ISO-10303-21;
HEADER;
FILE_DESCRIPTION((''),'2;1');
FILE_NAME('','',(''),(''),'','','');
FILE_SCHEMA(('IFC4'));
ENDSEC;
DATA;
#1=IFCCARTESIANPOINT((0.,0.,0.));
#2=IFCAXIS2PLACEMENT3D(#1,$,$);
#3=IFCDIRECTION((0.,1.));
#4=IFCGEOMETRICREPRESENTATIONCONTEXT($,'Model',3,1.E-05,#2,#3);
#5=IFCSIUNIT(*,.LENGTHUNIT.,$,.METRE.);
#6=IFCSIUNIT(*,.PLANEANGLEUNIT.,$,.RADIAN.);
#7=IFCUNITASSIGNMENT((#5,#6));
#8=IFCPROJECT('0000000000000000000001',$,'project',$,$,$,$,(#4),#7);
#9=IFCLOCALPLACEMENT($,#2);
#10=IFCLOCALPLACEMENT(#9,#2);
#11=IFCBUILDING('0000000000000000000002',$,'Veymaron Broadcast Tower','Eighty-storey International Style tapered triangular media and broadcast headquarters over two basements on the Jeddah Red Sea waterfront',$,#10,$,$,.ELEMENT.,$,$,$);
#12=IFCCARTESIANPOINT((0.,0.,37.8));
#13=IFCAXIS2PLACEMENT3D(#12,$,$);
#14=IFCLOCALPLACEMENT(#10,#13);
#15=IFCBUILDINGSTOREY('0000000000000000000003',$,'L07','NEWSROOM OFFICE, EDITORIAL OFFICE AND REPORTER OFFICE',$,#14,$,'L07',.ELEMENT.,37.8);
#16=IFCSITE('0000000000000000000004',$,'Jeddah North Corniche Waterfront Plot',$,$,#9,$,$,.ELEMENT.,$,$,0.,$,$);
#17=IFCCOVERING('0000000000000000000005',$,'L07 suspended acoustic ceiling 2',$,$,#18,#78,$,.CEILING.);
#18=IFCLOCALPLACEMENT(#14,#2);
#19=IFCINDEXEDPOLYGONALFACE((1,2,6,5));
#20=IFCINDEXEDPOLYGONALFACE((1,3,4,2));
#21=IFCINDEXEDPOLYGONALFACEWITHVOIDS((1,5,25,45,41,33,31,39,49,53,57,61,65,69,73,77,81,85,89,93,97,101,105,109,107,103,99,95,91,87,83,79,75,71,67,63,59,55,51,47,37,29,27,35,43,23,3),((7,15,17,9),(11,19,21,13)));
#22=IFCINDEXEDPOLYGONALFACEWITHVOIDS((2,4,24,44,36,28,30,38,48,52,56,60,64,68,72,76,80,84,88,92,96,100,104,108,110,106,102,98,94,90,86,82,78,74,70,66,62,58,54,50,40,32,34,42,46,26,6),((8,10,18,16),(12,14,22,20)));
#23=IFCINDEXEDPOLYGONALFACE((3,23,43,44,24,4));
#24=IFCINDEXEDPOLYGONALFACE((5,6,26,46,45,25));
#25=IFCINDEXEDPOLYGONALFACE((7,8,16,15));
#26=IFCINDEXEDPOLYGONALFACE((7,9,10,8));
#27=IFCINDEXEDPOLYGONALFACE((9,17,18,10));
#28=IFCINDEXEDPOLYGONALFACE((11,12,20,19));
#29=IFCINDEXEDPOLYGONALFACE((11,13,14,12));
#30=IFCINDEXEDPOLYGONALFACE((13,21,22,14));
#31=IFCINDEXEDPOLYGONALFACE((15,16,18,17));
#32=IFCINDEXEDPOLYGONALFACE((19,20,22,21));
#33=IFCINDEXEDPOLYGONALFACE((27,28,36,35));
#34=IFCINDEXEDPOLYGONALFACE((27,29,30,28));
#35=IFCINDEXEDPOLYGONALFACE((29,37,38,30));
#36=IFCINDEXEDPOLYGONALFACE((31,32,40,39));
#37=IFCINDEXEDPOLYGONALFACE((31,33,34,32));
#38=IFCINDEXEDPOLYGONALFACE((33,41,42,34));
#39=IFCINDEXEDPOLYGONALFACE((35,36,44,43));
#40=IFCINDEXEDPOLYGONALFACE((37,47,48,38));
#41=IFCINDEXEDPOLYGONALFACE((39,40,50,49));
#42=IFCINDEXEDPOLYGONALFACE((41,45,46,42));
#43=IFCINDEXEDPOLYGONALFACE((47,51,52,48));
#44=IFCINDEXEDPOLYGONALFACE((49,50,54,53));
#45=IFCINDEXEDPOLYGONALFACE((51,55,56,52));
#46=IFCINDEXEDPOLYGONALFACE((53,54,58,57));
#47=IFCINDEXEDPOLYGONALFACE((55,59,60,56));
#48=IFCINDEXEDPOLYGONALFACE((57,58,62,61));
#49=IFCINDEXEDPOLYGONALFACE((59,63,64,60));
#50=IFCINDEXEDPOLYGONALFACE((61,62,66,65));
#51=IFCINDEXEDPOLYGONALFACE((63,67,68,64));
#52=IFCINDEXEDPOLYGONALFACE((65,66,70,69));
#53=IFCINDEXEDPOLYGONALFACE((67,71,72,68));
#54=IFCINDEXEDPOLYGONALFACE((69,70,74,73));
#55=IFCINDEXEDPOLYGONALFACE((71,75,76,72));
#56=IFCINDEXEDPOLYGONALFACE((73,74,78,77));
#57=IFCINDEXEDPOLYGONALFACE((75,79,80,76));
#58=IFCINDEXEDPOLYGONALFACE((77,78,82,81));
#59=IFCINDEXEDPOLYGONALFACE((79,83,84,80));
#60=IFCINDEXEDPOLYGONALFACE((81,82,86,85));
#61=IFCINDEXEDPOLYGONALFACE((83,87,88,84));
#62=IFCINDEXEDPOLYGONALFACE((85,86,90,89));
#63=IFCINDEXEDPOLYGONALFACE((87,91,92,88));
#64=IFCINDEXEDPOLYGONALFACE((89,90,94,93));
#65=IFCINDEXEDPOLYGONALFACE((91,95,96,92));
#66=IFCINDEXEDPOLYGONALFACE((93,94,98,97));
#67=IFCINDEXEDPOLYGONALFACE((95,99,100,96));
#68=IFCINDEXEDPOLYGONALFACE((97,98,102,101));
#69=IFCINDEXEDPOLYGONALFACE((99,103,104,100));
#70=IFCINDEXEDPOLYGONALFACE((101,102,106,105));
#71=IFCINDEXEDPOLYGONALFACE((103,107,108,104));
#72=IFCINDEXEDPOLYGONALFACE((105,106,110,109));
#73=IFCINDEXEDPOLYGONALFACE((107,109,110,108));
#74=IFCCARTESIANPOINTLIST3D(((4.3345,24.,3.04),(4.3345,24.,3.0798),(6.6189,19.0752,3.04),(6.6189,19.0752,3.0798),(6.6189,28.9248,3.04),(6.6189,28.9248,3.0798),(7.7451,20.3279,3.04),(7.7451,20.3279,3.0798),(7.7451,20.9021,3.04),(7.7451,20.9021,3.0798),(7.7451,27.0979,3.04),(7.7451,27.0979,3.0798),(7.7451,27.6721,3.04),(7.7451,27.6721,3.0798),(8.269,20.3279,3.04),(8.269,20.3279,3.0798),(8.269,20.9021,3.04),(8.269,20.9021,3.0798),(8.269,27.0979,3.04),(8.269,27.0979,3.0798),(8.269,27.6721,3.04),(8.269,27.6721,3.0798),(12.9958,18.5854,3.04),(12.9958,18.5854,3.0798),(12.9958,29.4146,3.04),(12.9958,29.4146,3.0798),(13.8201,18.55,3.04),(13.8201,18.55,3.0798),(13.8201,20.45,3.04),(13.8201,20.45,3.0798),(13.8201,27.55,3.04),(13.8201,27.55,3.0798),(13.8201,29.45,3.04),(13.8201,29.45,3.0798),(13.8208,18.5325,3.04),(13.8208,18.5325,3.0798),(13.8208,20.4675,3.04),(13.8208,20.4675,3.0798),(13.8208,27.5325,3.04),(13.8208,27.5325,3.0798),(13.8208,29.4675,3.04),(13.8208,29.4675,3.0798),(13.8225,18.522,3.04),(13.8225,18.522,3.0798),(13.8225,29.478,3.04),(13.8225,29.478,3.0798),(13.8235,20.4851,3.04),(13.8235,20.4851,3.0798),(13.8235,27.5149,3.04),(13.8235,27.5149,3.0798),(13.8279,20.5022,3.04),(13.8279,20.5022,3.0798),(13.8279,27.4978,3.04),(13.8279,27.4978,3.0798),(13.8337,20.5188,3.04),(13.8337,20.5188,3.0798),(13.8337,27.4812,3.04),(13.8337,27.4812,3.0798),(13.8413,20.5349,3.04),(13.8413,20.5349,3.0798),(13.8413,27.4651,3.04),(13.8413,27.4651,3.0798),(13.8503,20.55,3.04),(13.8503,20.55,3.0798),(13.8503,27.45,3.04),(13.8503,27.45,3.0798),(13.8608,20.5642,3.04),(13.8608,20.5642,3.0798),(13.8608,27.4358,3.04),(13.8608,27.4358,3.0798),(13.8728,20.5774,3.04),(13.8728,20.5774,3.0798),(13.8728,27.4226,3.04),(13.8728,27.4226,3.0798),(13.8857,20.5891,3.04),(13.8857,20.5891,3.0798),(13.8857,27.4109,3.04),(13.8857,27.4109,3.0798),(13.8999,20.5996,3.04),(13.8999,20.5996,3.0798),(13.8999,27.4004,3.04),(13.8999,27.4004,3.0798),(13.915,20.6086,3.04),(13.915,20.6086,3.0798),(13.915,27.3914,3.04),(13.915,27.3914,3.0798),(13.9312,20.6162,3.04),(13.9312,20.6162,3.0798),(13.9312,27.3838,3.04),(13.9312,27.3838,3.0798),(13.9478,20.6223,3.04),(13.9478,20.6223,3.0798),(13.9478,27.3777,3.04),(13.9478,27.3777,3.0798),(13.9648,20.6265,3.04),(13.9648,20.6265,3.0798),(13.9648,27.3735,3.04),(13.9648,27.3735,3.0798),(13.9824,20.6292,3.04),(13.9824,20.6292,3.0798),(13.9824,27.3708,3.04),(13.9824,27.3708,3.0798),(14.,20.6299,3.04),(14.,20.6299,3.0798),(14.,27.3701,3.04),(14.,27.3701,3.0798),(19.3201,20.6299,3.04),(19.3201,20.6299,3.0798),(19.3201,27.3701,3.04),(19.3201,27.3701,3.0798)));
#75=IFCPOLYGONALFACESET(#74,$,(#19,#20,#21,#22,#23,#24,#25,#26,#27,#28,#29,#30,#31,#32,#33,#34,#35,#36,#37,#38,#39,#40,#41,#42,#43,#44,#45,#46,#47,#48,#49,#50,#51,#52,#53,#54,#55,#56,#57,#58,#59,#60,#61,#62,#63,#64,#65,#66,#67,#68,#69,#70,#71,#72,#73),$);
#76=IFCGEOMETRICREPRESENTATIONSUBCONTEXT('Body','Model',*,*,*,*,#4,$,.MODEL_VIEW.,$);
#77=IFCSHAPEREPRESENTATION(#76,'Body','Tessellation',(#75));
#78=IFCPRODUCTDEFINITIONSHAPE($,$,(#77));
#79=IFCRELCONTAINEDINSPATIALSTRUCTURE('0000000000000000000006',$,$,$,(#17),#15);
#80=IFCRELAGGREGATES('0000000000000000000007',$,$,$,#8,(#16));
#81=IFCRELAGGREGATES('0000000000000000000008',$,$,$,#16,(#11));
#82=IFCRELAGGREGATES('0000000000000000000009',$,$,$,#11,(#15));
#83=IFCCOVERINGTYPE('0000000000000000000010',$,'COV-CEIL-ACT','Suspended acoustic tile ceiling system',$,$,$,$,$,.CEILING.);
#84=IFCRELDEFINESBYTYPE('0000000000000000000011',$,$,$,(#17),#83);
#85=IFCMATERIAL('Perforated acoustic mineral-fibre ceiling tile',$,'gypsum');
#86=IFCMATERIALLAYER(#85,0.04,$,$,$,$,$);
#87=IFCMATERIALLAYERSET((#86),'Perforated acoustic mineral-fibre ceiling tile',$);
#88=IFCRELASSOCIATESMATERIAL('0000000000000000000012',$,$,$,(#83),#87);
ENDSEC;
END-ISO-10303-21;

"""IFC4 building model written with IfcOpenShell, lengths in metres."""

from ifc_helpers import new_model, si_unit, direction, frame, origin, place, context, subcontext, project, spatial, polyline, outline, extrude, material, layer, layer_set, type_object, element, save


model = new_model("IFC4")

# Units and contexts
model_context = context("Model", 3, precision=1e-05, world=origin(), true_north=direction((0.0, 1.0)))
body_context = subcontext(model_context, "Body", "Model", "MODEL_VIEW")
ifc_project = project(units=[si_unit("LENGTHUNIT", "METRE"), si_unit("PLANEANGLEUNIT", "RADIAN")], contexts=[model_context])

# Site, building, storey
site_placement = place(None, origin())
site = spatial("IfcSite", under=ifc_project, at=site_placement, Name="Jeddah North Corniche Waterfront Plot", CompositionType="ELEMENT", RefElevation=0.0)
building_placement = place(site_placement, origin())
building = spatial("IfcBuilding", under=site, at=building_placement, Name="Veymaron Broadcast Tower", Description="Eighty-storey International Style tapered triangular media and broadcast headquarters over two basements on the Jeddah Red Sea waterfront", CompositionType="ELEMENT")
storey_placement = place(building_placement, frame((0.0, 0.0, 37.8)))
storey = spatial("IfcBuildingStorey", under=building, at=storey_placement, Name="L07", Description="NEWSROOM OFFICE, EDITORIAL OFFICE AND REPORTER OFFICE", LongName="L07", CompositionType="ELEMENT", Elevation=37.8)

# Covering
ifc_material_1 = material(Name="Perforated acoustic mineral-fibre ceiling tile", Category="gypsum")
ifc_layer_1 = layer(ifc_material_1, 0.04)
ifc_layer_set_1 = layer_set([ifc_layer_1], Name="Perforated acoustic mineral-fibre ceiling tile")
covering_type_1 = type_object("IfcCoveringType", Name="COV-CEIL-ACT", Description="Suspended acoustic tile ceiling system", PredefinedType="CEILING", material=ifc_layer_set_1)
covering_1_placement = place(storey_placement, frame((0.0, 0.0, 3.04)))
element("IfcCovering", 1, at=covering_1_placement, inside=storey, type_object=covering_type_1, Name="L07 suspended acoustic ceiling 2", PredefinedType="CEILING", context=body_context, shape_type="SweptSolid", body=[
    extrude(outline(polyline([(13.8728, 27.4226), (13.8857, 27.4109), (13.8999, 27.4004), (13.915, 27.3914), (13.9312, 27.3838), (13.9478, 27.3777), (13.9648, 27.3735), (13.9824, 27.3708), (14.0, 27.3701), (19.3201, 27.3701), (19.3201, 20.6299), (14.0, 20.6299), (13.9824, 20.6292), (13.9648, 20.6265), (13.9478, 20.6223), (13.9312, 20.6162), (13.915, 20.6086), (13.8999, 20.5996), (13.8857, 20.5891), (13.8728, 20.5774), (13.8608, 20.5642), (13.8503, 20.55), (13.8413, 20.5349), (13.8337, 20.5188), (13.8279, 20.5022), (13.8235, 20.4851), (13.8208, 20.4675), (13.8201, 20.45), (13.8201, 18.55), (13.8208, 18.5325), (13.8225, 18.522), (12.9958, 18.5854), (6.6189, 19.0752), (4.3345, 24.0), (6.6189, 28.9248), (12.9958, 29.4146), (13.8225, 29.478), (13.8208, 29.4675), (13.8201, 29.45), (13.8201, 27.55), (13.8208, 27.5325), (13.8235, 27.5149), (13.8279, 27.4978), (13.8337, 27.4812), (13.8413, 27.4651), (13.8503, 27.45), (13.8608, 27.4358), (13.8728, 27.4226)]), holes=[polyline([(7.7451, 20.9021), (7.7451, 20.3279), (8.269, 20.3279), (8.269, 20.9021), (7.7451, 20.9021)]), polyline([(8.269, 27.6721), (7.7451, 27.6721), (7.7451, 27.0979), (8.269, 27.0979), (8.269, 27.6721)])]), origin(), (0.0, 0.0, 1.0), 0.0398),
])

save(model, "model.ifc")
